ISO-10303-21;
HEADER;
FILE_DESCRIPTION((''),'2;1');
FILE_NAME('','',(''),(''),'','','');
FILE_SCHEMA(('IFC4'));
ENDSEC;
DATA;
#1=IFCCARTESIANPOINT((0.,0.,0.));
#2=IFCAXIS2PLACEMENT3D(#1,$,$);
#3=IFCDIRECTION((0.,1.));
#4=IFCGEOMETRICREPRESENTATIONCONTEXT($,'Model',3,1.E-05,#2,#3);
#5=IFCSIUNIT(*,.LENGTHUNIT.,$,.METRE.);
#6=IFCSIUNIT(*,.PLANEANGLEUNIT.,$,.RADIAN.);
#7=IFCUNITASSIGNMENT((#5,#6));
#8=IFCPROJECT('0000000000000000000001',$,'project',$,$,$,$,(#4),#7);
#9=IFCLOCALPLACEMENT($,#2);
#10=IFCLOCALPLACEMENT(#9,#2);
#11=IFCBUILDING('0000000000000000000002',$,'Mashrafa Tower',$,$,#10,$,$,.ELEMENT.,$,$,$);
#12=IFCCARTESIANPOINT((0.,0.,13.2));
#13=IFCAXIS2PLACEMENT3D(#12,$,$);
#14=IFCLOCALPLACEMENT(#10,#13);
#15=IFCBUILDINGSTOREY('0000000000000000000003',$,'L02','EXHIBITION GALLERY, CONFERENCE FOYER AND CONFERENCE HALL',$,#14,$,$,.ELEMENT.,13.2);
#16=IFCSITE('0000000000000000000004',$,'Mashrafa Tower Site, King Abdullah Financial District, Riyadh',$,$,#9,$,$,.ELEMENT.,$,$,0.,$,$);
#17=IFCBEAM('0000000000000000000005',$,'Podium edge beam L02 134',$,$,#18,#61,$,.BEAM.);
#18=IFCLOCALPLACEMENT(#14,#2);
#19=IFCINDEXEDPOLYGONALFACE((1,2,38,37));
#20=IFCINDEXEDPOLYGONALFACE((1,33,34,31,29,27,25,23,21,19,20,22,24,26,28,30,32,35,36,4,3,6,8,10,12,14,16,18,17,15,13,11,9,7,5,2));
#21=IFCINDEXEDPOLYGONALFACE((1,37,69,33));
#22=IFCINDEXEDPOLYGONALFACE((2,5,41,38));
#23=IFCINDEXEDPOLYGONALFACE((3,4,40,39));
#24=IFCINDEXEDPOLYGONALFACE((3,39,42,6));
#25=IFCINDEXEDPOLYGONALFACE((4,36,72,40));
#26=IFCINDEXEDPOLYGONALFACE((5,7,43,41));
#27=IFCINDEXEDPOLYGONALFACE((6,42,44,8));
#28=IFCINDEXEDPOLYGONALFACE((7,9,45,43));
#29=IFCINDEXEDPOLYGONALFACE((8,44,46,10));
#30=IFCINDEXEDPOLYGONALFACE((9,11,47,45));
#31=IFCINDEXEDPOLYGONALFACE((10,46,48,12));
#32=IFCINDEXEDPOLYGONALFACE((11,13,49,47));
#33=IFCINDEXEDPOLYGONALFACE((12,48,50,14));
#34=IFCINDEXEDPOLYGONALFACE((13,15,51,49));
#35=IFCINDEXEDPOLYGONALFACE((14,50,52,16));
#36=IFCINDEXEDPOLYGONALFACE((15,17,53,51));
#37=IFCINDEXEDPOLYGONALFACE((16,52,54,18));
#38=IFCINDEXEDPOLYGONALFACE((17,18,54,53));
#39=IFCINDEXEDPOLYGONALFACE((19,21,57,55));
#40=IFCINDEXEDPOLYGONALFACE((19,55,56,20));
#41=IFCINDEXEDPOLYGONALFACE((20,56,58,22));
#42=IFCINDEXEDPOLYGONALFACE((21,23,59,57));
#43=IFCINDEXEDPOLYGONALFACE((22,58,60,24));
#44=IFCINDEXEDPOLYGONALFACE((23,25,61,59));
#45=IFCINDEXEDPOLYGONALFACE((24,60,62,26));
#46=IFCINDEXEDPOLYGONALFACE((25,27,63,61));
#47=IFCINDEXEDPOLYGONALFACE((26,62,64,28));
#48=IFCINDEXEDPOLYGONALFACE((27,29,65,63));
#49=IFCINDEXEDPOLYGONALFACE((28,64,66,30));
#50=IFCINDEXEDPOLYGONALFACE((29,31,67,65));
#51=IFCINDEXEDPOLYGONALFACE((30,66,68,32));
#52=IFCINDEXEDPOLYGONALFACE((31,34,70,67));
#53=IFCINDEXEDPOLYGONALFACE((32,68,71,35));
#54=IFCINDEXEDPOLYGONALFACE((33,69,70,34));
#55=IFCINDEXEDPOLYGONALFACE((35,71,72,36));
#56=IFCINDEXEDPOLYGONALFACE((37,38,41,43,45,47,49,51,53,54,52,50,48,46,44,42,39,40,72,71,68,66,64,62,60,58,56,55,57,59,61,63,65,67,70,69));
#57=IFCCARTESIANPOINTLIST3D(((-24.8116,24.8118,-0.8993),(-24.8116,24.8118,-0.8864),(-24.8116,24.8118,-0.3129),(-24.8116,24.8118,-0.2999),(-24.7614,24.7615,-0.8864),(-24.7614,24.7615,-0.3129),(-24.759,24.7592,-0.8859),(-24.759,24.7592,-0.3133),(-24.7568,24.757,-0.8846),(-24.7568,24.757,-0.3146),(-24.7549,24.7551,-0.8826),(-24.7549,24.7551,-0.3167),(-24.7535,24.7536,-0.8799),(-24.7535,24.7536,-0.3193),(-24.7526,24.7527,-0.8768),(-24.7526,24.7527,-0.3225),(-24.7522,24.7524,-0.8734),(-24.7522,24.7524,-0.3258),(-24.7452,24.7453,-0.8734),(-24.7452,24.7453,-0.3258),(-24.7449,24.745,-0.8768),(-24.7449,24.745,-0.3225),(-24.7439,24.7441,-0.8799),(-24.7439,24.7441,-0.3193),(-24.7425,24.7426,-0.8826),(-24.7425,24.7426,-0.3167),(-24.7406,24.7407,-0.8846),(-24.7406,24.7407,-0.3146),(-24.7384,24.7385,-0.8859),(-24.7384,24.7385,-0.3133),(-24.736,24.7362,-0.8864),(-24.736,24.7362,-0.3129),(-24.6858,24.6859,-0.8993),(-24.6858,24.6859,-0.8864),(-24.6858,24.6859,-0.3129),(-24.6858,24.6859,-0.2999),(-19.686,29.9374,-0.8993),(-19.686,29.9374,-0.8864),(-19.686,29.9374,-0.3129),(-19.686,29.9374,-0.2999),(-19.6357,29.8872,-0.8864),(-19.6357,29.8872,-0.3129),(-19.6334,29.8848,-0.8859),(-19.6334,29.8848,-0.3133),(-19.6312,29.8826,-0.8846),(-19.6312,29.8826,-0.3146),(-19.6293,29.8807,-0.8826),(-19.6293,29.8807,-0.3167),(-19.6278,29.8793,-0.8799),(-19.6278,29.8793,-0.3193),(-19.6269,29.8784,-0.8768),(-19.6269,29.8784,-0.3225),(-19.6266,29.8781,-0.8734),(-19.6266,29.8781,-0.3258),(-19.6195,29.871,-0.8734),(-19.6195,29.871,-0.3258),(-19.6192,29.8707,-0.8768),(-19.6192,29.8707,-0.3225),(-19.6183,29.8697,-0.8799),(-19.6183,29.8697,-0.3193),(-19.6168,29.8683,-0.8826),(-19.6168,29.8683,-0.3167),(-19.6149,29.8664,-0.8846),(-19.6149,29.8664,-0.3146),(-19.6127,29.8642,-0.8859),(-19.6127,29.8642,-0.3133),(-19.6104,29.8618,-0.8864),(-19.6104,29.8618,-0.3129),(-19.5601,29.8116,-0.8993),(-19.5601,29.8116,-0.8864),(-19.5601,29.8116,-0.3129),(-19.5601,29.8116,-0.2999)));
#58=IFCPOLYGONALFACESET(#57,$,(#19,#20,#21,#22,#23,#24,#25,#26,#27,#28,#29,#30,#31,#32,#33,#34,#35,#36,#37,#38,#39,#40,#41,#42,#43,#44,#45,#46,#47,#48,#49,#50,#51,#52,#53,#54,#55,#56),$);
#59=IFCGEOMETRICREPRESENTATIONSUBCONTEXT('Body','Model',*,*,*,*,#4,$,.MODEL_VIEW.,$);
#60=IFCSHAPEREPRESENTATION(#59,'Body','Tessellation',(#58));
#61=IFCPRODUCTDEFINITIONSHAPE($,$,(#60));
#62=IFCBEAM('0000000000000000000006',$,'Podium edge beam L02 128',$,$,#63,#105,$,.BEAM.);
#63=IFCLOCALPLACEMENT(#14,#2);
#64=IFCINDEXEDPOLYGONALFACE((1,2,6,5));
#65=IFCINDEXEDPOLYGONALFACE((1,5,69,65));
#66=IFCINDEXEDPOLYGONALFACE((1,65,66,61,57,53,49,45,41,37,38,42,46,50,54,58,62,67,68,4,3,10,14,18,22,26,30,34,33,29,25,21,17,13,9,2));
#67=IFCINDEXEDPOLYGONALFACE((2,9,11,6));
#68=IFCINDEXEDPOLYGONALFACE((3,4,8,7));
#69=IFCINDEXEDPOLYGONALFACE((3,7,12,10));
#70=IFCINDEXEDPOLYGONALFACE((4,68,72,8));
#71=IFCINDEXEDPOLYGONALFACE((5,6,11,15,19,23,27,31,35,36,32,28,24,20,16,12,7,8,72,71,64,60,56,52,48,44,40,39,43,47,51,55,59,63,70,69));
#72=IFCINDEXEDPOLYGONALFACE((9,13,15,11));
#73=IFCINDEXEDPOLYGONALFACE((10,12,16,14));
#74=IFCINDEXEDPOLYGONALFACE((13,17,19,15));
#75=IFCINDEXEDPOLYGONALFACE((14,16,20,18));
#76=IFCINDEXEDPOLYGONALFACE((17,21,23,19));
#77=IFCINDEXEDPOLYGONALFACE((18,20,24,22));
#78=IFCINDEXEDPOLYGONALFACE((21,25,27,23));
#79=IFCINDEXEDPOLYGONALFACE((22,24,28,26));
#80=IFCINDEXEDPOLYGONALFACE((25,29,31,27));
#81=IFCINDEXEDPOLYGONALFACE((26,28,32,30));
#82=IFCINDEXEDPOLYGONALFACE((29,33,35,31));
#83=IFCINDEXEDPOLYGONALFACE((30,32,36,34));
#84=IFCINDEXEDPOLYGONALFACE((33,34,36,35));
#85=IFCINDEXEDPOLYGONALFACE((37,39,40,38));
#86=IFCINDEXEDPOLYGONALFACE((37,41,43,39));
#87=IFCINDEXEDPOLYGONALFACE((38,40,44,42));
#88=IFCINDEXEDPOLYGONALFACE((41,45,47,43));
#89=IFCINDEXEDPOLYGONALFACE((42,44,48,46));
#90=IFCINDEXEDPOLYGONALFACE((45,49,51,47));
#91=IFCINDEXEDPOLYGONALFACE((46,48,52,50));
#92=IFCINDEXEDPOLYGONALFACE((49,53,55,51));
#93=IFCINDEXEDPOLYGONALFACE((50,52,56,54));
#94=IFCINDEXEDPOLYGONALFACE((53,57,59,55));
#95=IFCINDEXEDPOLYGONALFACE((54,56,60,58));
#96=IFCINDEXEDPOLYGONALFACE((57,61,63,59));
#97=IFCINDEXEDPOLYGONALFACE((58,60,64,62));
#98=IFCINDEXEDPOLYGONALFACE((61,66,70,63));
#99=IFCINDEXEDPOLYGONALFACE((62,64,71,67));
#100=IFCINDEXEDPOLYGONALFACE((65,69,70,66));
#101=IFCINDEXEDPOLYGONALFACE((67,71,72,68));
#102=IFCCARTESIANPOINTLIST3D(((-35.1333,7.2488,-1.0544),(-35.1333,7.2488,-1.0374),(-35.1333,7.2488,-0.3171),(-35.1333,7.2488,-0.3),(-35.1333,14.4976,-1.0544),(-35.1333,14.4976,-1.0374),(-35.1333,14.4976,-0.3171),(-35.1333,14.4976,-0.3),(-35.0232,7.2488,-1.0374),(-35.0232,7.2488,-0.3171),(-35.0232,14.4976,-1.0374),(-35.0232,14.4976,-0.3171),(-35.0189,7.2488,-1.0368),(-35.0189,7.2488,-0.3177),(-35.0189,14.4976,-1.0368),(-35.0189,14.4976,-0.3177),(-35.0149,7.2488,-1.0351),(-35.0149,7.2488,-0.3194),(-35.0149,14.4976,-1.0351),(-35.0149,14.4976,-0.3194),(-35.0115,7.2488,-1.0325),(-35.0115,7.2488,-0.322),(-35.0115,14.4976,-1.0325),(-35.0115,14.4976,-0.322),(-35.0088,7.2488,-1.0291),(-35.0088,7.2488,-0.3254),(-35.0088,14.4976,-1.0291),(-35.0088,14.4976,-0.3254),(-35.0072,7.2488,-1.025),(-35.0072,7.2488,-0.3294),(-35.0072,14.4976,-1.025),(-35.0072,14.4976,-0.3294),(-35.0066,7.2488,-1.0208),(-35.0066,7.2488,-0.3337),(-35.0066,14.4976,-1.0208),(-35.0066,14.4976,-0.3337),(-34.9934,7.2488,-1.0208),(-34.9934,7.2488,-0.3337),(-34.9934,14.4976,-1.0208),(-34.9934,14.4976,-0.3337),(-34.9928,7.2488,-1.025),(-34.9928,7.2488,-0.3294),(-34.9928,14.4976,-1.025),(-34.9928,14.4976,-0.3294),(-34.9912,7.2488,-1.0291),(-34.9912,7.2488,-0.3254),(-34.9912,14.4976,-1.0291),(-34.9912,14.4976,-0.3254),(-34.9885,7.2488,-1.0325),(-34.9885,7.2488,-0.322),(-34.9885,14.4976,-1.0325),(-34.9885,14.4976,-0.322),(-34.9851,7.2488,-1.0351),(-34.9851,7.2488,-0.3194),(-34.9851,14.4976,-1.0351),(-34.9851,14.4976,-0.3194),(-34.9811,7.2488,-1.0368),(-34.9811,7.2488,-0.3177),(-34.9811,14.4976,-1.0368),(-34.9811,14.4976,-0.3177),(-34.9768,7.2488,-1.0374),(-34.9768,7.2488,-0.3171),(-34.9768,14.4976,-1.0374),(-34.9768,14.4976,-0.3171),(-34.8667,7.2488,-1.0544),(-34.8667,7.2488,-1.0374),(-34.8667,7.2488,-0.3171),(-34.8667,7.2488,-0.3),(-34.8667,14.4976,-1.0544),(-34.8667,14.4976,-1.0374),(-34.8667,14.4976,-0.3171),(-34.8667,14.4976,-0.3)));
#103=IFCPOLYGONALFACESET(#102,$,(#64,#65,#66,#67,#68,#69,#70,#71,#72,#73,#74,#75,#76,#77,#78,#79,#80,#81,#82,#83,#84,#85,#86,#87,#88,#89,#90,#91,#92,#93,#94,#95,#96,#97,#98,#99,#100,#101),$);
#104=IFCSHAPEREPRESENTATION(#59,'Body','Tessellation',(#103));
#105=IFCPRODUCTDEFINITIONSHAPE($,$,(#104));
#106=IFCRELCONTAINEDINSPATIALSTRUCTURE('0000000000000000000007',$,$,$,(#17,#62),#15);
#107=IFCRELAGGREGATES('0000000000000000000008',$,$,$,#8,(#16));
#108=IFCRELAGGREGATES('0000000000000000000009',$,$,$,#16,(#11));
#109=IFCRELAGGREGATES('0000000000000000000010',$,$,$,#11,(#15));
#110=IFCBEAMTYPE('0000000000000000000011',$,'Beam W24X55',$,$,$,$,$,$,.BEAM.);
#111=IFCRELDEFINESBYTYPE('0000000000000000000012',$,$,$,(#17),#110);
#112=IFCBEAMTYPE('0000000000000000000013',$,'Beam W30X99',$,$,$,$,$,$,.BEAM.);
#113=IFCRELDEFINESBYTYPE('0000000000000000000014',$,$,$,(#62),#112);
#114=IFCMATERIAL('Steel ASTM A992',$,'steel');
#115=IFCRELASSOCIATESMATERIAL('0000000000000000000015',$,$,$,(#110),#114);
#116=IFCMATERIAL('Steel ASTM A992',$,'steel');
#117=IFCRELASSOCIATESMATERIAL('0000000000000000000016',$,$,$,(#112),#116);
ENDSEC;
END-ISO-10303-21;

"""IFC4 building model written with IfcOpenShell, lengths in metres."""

from ifc_helpers import new_model, si_unit, direction, frame, origin, origin_2d, place, context, subcontext, project, spatial, i_section, extrude, material, material_profile, profile_set, type_object, element, save


model = new_model("IFC4")

# Units and contexts
model_context = context("Model", 3, precision=1e-05, world=origin(), true_north=direction((0.0, 1.0)))
body_context = subcontext(model_context, "Body", "Model", "MODEL_VIEW")
ifc_project = project(units=[si_unit("LENGTHUNIT", "METRE"), si_unit("PLANEANGLEUNIT", "RADIAN")], contexts=[model_context])

# Site, building, storey
site_placement = place(None, origin())
site = spatial("IfcSite", under=ifc_project, at=site_placement, Name="Mashrafa Tower Site, King Abdullah Financial District, Riyadh", CompositionType="ELEMENT", RefElevation=0.0)
building_placement = place(site_placement, origin())
building = spatial("IfcBuilding", under=site, at=building_placement, Name="Mashrafa Tower", CompositionType="ELEMENT")
storey_placement = place(building_placement, frame((0.0, 0.0, 13.2)))
storey = spatial("IfcBuildingStorey", under=building, at=storey_placement, Name="L02", Description="EXHIBITION GALLERY, CONFERENCE FOYER AND CONFERENCE HALL", CompositionType="ELEMENT", Elevation=13.2)

# Beams
ifc_material_1 = material(Name="Steel ASTM A992", Category="steel")
ifc_material_profile_1 = material_profile(ifc_material_1, i_section(OverallWidth=0.178, OverallDepth=0.5994, WebThickness=0.01, FlangeThickness=0.0129, FilletRadius=0.0129, at=origin_2d()), Name="W24X55")
ifc_profile_set_1 = profile_set([ifc_material_profile_1], Name="Steel ASTM A992")
beam_type_1 = type_object("IfcBeamType", Name="Beam W24X55", PredefinedType="BEAM", material=ifc_profile_set_1)
for number, where, z_axis, x_axis, name in (
    (1, (-19.623, 29.8745, -0.5996), (-0.707107, -0.707107, 0.0), (0.707107, -0.707107, 0.0), "Podium edge beam L02 134"),
):
    element("IfcBeam", number, at=place(storey_placement, frame(where, z_axis=z_axis, x_axis=x_axis)), inside=storey, type_object=beam_type_1, Name=name, PredefinedType="BEAM", context=body_context, shape_type="SweptSolid", body=[
        extrude(i_section(OverallWidth=0.178, OverallDepth=0.5994, WebThickness=0.01, FlangeThickness=0.0129, FilletRadius=0.0129, at=origin_2d()), origin(), (0.0, 0.0, 1.0), 7.2488),
    ])
ifc_material_2 = material(Name="Steel ASTM A992", Category="steel")
ifc_material_profile_2 = material_profile(ifc_material_2, i_section(OverallWidth=0.2666, OverallDepth=0.7544, WebThickness=0.0132, FlangeThickness=0.0171, FilletRadius=0.0166, at=origin_2d()), Name="W30X99")
ifc_profile_set_2 = profile_set([ifc_material_profile_2], Name="Steel ASTM A992")
beam_type_2 = type_object("IfcBeamType", Name="Beam W30X99", PredefinedType="BEAM", material=ifc_profile_set_2)
beam_1_placement = place(storey_placement, frame((-35.0, 14.4976, -0.6772), z_axis=(0.0, -1.0, 0.0), x_axis=(1.0, 0.0, 0.0)))
element("IfcBeam", 2, at=beam_1_placement, inside=storey, type_object=beam_type_2, Name="Podium edge beam L02 128", PredefinedType="BEAM", context=body_context, shape_type="SweptSolid", body=[
    extrude(i_section(OverallWidth=0.2666, OverallDepth=0.7544, WebThickness=0.0132, FlangeThickness=0.0171, FilletRadius=0.0166, at=origin_2d()), origin(), (0.0, 0.0, 1.0), 7.2488),
])

save(model, "model.ifc")
